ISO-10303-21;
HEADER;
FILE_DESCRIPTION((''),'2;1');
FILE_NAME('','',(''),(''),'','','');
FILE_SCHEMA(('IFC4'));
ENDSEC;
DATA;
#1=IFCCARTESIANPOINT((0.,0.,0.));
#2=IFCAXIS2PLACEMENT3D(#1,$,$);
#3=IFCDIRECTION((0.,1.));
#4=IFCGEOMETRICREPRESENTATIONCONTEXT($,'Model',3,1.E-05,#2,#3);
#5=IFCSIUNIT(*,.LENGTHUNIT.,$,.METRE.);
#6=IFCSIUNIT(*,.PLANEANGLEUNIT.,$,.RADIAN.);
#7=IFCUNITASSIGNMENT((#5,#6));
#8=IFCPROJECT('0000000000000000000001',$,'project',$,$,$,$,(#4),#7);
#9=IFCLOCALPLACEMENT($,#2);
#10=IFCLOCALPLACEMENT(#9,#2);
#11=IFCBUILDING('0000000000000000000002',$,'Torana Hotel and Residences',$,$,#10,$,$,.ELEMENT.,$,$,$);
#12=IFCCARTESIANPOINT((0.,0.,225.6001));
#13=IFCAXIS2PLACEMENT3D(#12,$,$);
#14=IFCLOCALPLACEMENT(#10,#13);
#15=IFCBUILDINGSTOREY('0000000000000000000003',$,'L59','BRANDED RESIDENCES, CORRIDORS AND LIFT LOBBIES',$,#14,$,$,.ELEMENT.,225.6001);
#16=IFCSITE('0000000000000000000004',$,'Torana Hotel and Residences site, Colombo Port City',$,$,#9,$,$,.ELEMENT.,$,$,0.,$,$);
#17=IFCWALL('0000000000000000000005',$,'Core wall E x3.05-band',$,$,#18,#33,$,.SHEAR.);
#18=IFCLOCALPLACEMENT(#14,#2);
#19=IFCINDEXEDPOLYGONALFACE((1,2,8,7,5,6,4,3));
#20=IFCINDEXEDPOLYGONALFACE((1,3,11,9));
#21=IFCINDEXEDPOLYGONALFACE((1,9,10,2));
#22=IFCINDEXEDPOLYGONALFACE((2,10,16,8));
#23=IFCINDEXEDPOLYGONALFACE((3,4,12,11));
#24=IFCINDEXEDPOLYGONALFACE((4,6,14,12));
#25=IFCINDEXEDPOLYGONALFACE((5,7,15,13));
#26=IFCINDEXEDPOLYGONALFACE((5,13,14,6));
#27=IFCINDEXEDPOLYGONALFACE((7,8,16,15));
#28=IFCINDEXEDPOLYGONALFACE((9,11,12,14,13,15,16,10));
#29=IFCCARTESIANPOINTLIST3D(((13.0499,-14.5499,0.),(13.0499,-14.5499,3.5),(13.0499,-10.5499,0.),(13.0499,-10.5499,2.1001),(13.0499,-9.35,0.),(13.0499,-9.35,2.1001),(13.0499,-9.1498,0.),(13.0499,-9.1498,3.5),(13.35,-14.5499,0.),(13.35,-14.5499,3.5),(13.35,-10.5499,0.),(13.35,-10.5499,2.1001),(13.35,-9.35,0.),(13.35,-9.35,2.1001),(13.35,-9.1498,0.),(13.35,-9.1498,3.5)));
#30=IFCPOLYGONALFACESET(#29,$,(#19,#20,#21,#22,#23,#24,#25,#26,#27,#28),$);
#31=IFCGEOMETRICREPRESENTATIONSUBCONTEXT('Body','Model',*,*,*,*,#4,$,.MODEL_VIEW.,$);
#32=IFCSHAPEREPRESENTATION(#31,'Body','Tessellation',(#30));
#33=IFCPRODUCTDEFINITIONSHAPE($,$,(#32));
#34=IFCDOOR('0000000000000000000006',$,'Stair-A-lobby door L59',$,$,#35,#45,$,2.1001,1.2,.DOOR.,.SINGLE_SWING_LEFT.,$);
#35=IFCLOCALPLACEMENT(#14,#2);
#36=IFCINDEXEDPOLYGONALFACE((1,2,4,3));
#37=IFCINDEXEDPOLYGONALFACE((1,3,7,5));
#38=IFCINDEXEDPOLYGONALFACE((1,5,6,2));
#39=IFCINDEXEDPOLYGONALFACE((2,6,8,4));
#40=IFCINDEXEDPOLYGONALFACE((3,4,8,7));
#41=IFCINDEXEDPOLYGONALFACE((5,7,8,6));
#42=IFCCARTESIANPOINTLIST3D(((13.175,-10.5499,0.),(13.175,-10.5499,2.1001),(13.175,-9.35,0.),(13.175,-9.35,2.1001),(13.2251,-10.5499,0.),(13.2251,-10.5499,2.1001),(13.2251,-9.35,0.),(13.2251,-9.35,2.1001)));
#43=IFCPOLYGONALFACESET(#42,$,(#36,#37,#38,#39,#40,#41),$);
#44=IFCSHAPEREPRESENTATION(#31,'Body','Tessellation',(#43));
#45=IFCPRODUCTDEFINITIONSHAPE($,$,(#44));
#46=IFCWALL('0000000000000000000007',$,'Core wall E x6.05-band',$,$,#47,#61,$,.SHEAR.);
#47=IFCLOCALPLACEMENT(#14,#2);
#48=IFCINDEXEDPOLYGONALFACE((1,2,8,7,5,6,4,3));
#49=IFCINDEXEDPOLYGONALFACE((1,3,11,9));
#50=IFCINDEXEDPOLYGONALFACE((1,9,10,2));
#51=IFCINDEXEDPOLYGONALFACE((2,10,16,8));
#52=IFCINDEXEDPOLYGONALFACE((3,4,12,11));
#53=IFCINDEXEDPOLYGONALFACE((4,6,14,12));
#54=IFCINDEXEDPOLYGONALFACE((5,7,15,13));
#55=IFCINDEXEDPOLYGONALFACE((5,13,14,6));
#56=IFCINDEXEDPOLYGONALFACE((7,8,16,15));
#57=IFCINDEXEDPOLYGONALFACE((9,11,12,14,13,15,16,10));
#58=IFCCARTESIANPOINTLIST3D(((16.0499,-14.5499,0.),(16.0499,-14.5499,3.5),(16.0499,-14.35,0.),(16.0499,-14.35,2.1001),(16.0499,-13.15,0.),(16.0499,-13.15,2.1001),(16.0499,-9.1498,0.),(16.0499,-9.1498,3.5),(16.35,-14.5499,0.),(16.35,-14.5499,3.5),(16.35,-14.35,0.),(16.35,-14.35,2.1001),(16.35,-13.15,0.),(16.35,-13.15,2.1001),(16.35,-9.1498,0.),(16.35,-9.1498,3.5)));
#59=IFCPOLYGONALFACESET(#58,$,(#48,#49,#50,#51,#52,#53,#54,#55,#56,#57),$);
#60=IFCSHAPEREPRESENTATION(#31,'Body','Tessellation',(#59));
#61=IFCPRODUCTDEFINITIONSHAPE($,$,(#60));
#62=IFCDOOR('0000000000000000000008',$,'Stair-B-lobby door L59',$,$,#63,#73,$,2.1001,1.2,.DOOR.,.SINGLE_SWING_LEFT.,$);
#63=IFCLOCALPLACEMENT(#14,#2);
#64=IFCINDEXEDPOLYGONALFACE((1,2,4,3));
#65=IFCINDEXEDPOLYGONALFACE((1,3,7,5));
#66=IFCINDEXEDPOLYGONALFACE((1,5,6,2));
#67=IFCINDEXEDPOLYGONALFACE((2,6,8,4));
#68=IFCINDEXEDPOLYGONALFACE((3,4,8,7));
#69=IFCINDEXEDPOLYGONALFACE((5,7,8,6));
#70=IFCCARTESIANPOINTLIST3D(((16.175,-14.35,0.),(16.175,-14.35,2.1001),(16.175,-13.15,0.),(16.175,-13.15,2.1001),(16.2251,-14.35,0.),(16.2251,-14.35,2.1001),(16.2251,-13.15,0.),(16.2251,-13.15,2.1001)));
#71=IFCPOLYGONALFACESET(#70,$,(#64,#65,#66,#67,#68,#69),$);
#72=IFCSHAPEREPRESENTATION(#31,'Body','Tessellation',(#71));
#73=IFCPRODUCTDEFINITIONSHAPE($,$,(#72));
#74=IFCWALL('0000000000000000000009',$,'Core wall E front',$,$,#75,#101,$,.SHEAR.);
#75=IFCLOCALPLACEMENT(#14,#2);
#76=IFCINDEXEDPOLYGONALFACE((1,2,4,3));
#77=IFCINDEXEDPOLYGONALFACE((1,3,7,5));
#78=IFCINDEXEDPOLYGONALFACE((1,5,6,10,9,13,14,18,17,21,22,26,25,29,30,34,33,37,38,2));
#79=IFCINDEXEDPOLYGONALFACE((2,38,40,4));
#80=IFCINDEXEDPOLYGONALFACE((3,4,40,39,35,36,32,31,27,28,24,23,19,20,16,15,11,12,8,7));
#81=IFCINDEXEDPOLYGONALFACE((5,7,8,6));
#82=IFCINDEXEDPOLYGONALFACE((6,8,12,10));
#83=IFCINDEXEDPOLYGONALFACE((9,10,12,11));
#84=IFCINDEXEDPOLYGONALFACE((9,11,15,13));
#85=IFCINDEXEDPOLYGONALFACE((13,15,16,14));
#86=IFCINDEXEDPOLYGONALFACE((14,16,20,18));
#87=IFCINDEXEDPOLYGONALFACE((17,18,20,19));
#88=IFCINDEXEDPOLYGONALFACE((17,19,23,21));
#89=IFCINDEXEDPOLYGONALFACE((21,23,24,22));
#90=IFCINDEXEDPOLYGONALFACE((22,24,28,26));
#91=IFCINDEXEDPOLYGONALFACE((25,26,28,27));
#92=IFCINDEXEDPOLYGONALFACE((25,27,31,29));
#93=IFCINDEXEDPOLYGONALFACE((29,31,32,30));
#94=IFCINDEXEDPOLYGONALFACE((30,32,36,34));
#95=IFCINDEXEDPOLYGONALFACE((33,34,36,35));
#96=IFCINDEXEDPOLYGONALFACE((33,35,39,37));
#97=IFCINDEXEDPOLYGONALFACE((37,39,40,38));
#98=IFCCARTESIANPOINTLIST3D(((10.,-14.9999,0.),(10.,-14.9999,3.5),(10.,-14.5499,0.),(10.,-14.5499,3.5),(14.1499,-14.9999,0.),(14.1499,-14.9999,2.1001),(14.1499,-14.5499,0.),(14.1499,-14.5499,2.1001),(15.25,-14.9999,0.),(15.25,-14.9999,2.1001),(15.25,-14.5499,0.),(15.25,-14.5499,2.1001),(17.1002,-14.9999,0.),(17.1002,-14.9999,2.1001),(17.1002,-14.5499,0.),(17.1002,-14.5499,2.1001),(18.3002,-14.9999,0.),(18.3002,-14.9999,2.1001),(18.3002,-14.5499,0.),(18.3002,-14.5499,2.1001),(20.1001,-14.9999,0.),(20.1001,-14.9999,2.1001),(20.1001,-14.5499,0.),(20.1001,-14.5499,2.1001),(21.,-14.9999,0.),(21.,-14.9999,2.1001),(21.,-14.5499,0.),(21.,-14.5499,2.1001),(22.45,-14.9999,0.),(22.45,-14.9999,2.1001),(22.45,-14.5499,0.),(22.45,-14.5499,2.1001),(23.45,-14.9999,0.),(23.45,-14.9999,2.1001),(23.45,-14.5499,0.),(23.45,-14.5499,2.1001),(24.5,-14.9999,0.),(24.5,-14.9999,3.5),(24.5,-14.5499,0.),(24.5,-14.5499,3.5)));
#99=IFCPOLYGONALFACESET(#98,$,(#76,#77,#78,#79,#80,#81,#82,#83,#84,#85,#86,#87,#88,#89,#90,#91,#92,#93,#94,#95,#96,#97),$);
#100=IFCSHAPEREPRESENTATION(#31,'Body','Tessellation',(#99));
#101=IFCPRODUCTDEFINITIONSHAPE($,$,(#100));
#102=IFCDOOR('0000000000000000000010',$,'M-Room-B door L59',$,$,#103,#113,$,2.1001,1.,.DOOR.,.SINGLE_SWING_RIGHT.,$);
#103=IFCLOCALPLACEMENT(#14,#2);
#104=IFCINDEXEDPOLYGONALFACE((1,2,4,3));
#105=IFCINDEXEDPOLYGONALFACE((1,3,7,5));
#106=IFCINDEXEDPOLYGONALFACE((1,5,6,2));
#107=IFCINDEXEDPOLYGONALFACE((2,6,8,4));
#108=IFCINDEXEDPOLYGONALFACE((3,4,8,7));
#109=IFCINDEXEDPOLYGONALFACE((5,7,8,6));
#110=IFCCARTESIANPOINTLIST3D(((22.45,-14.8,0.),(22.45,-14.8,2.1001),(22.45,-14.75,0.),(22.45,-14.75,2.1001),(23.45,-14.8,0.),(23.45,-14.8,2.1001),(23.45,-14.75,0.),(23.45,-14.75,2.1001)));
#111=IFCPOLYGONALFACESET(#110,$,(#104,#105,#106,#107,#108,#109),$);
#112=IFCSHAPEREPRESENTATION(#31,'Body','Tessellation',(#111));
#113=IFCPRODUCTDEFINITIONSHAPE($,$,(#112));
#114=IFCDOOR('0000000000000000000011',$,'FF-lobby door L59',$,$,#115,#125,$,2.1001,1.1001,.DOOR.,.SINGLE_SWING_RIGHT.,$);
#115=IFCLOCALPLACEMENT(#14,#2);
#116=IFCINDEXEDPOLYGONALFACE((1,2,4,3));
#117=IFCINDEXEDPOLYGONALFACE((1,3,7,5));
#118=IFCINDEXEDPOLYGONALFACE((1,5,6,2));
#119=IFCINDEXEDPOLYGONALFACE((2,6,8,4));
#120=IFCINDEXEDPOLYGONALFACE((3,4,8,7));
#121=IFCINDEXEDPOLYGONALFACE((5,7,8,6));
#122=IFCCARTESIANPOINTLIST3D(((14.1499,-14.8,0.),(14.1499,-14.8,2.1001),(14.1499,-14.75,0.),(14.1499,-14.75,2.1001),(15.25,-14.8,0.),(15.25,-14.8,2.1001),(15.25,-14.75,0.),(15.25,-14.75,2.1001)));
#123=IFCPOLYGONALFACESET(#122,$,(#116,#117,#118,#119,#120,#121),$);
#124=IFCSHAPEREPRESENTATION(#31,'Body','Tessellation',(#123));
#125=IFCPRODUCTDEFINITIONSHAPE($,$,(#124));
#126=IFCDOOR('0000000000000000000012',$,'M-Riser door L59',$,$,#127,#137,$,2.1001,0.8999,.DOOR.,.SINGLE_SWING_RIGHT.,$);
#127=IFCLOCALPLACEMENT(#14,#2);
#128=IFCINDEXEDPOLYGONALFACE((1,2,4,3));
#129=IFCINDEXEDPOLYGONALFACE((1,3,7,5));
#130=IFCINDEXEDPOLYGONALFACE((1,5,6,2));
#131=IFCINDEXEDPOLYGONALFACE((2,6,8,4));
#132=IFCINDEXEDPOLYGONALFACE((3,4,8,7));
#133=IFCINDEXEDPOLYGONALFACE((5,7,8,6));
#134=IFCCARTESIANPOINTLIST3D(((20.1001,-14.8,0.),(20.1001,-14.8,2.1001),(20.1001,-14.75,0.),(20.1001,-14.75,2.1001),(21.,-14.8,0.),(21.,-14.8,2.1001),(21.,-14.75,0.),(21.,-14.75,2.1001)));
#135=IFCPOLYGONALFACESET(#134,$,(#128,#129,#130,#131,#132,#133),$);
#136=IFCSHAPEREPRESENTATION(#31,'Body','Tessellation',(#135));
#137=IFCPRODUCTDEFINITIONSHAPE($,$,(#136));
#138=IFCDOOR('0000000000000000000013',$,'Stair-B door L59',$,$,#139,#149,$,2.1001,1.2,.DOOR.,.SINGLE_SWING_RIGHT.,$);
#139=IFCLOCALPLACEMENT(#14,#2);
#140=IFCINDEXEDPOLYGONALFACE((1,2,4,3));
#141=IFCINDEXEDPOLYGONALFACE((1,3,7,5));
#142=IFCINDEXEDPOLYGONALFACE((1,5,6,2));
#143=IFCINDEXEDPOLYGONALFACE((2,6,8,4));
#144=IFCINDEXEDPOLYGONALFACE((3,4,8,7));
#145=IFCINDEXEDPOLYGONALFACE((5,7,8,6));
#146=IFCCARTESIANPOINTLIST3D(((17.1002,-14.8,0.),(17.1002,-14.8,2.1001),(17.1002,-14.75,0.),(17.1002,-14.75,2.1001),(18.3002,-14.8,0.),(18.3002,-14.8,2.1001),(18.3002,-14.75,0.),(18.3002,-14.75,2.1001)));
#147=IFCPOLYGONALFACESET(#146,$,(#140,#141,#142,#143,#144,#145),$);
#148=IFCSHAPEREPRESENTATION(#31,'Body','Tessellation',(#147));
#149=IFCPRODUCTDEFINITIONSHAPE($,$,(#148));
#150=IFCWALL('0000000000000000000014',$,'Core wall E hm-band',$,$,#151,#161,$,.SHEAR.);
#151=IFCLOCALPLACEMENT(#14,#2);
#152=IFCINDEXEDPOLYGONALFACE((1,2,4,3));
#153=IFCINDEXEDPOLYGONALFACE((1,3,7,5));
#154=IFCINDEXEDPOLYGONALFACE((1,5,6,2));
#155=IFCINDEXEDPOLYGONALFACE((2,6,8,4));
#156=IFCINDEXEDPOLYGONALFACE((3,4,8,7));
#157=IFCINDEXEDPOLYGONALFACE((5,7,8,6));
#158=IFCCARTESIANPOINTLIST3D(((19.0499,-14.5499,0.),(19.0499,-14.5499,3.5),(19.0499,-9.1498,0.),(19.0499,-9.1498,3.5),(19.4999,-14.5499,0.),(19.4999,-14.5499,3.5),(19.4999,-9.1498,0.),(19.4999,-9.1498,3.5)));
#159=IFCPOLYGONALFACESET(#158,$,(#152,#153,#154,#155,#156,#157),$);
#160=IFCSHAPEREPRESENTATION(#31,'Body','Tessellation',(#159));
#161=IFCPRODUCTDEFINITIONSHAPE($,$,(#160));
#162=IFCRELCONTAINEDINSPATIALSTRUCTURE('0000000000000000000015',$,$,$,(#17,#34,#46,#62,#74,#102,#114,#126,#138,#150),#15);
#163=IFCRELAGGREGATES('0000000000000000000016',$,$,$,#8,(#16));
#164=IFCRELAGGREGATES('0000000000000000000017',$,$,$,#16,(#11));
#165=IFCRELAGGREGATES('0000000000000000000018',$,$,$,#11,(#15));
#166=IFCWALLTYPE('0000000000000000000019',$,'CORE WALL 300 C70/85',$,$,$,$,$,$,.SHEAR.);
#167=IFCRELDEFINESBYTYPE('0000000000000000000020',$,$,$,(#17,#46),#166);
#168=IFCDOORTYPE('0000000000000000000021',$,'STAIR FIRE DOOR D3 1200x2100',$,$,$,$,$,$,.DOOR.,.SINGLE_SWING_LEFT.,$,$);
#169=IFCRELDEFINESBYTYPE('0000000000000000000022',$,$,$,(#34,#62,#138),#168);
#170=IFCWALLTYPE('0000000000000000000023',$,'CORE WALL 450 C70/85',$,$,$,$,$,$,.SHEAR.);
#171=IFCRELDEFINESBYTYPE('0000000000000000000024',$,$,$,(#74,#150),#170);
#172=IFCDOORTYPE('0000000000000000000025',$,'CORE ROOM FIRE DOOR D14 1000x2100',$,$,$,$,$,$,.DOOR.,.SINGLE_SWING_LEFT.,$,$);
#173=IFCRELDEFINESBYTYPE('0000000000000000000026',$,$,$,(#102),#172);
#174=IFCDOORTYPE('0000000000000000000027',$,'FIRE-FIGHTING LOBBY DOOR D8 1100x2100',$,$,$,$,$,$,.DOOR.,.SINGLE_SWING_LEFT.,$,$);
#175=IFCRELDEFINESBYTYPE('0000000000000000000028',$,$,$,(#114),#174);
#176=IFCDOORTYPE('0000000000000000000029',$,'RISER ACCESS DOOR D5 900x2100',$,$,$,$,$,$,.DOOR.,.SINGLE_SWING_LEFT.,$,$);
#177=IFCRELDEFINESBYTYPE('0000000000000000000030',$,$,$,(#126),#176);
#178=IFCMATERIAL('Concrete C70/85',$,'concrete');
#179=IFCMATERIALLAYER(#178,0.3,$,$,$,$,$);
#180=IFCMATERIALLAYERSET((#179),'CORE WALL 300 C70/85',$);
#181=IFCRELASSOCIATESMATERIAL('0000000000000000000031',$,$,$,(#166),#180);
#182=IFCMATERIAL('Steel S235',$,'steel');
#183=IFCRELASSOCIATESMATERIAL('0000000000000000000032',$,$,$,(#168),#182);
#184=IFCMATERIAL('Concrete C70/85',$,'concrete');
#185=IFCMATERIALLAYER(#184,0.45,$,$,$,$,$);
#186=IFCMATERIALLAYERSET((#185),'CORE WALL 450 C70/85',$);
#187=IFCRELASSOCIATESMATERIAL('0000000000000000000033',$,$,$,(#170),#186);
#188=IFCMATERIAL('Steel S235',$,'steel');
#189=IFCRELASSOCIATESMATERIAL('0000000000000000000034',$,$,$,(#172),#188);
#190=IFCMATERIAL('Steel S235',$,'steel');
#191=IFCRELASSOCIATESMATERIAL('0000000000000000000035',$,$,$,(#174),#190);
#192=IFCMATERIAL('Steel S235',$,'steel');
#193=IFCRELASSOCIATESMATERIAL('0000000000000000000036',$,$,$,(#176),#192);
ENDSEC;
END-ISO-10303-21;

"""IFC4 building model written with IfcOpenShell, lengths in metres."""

from ifc_helpers import new_model, si_unit, direction, frame, frame_2d, origin, place, context, subcontext, project, spatial, rectangle, extrude, material, layer, layer_set, type_object, element, fill, save


model = new_model("IFC4")

# Units and contexts
model_context = context("Model", 3, precision=1e-05, world=origin(), true_north=direction((0.0, 1.0)))
body_context = subcontext(model_context, "Body", "Model", "MODEL_VIEW")
ifc_project = project(units=[si_unit("LENGTHUNIT", "METRE"), si_unit("PLANEANGLEUNIT", "RADIAN")], contexts=[model_context])

# Site, building, storey
site_placement = place(None, origin())
site = spatial("IfcSite", under=ifc_project, at=site_placement, Name="Torana Hotel and Residences site, Colombo Port City", CompositionType="ELEMENT", RefElevation=0.0)
building_placement = place(site_placement, origin())
building = spatial("IfcBuilding", under=site, at=building_placement, Name="Torana Hotel and Residences", CompositionType="ELEMENT")
storey_placement = place(building_placement, frame((0.0, 0.0, 225.6001)))
storey = spatial("IfcBuildingStorey", under=building, at=storey_placement, Name="L59", Description="BRANDED RESIDENCES, CORRIDORS AND LIFT LOBBIES", CompositionType="ELEMENT", Elevation=225.6001)

# Walls, openings, doors
ifc_material_1 = material(Name="Concrete C70/85", Category="concrete")
ifc_layer_1 = layer(ifc_material_1, 0.3)
ifc_layer_set_1 = layer_set([ifc_layer_1], Name="CORE WALL 300 C70/85")
wall_type_1 = type_object("IfcWallType", Name="CORE WALL 300 C70/85", PredefinedType="SHEAR", material=ifc_layer_set_1)
wall_1_placement = place(storey_placement, frame((13.2, -14.55, 0.0), z_axis=(0.0, 0.0, 1.0), x_axis=(0.0, 1.0, 0.0)))
wall_1 = element("IfcWall", 1, at=wall_1_placement, inside=storey, type_object=wall_type_1, Name="Core wall E x3.05-band", PredefinedType="SHEAR", context=body_context, shape_type="SweptSolid", body=[
    extrude(rectangle(XDim=5.4001, YDim=0.3, at=frame_2d((2.7002, 0.0))), origin(), (0.0, 0.0, 1.0), 3.5),
])
opening_1_placement = place(wall_1_placement, frame((4.0, 0.0, 0.0)))
opening_1 = element("IfcOpeningElement", 2, at=opening_1_placement, cuts=wall_1, PredefinedType="OPENING", context=body_context, shape_type="SweptSolid", body=[
    extrude(rectangle(XDim=1.2, YDim=2.1001, at=frame_2d((0.6001, 1.05))), frame((0.0, 0.1599, 0.0), z_axis=(0.0, -1.0, 0.0), x_axis=(1.0, 0.0, 0.0)), (0.0, 0.0, 1.0), 0.3201),
])
ifc_material_2 = material(Name="Steel S235", Category="steel")
door_type_1 = type_object("IfcDoorType", Name="STAIR FIRE DOOR D3 1200x2100", OperationType="SINGLE_SWING_LEFT", PredefinedType="DOOR", material=ifc_material_2)
door_1_placement = place(opening_1_placement, origin())
door_1 = element("IfcDoor", 3, at=door_1_placement, inside=storey, type_object=door_type_1, Name="Stair-A-lobby door L59", OperationType="SINGLE_SWING_LEFT", OverallHeight=2.1001, OverallWidth=1.2, PredefinedType="DOOR", context=body_context, shape_type="SweptSolid", body=[
    extrude(rectangle(XDim=1.2, YDim=2.1001, at=frame_2d((0.6001, 1.05))), frame((0.0, 0.0249, 0.0), z_axis=(0.0, -1.0, 0.0), x_axis=(1.0, 0.0, 0.0)), (0.0, 0.0, 1.0), 0.05),
])
fill(opening_1, door_1)
wall_2_placement = place(storey_placement, frame((16.2, -14.55, 0.0), z_axis=(0.0, 0.0, 1.0), x_axis=(0.0, 1.0, 0.0)))
wall_2 = element("IfcWall", 4, at=wall_2_placement, inside=storey, type_object=wall_type_1, Name="Core wall E x6.05-band", PredefinedType="SHEAR", context=body_context, shape_type="SweptSolid", body=[
    extrude(rectangle(XDim=5.4001, YDim=0.3, at=frame_2d((2.7002, 0.0))), origin(), (0.0, 0.0, 1.0), 3.5),
])
opening_2_placement = place(wall_2_placement, frame((0.2, 0.0, 0.0)))
opening_2 = element("IfcOpeningElement", 5, at=opening_2_placement, cuts=wall_2, PredefinedType="OPENING", context=body_context, shape_type="SweptSolid", body=[
    extrude(rectangle(XDim=1.2, YDim=2.1001, at=frame_2d((0.6001, 1.05))), frame((0.0, 0.1599, 0.0), z_axis=(0.0, -1.0, 0.0), x_axis=(1.0, 0.0, 0.0)), (0.0, 0.0, 1.0), 0.3201),
])
door_2_placement = place(opening_2_placement, frame((0.6001, 0.0, 0.0), z_axis=(0.0, 0.0, 1.0), x_axis=(-1.0, 0.0, 0.0)))
door_2 = element("IfcDoor", 6, at=door_2_placement, inside=storey, type_object=door_type_1, Name="Stair-B-lobby door L59", OperationType="SINGLE_SWING_LEFT", OverallHeight=2.1001, OverallWidth=1.2, PredefinedType="DOOR", context=body_context, shape_type="SweptSolid", body=[
    extrude(rectangle(XDim=1.2, YDim=2.1001, at=frame_2d((0.0, 1.05))), frame((0.0, -0.0249, 0.0), z_axis=(0.0, 1.0, 0.0), x_axis=(-1.0, 0.0, 0.0)), (0.0, 0.0, 1.0), 0.05),
])
fill(opening_2, door_2)

# Wall, openings, doors
ifc_material_3 = material(Name="Concrete C70/85", Category="concrete")
ifc_layer_2 = layer(ifc_material_3, 0.45)
ifc_layer_set_2 = layer_set([ifc_layer_2], Name="CORE WALL 450 C70/85")
wall_type_2 = type_object("IfcWallType", Name="CORE WALL 450 C70/85", PredefinedType="SHEAR", material=ifc_layer_set_2)
wall_3_placement = place(storey_placement, frame((10.0, -14.7749, 0.0), z_axis=(0.0, 0.0, 1.0), x_axis=(1.0, 0.0, 0.0)))
wall_3 = element("IfcWall", 7, at=wall_3_placement, inside=storey, type_object=wall_type_2, Name="Core wall E front", PredefinedType="SHEAR", context=body_context, shape_type="SweptSolid", body=[
    extrude(rectangle(XDim=14.5, YDim=0.45, at=frame_2d((7.25, 0.0))), origin(), (0.0, 0.0, 1.0), 3.5),
])
opening_3_placement = place(wall_3_placement, frame((7.1001, 0.0, 0.0)))
opening_3 = element("IfcOpeningElement", 8, at=opening_3_placement, cuts=wall_3, PredefinedType="OPENING", context=body_context, shape_type="SweptSolid", body=[
    extrude(rectangle(XDim=1.2, YDim=2.1001, at=frame_2d((0.6001, 1.05))), frame((0.0, 0.2349, 0.0), z_axis=(0.0, -1.0, 0.0), x_axis=(1.0, 0.0, 0.0)), (0.0, 0.0, 1.0), 0.47),
])
opening_4_placement = place(wall_3_placement, frame((4.1499, 0.0, 0.0)))
opening_4 = element("IfcOpeningElement", 9, at=opening_4_placement, cuts=wall_3, PredefinedType="OPENING", context=body_context, shape_type="SweptSolid", body=[
    extrude(rectangle(XDim=1.1001, YDim=2.1001, at=frame_2d((0.55, 1.05))), frame((0.0, 0.2349, 0.0), z_axis=(0.0, -1.0, 0.0), x_axis=(1.0, 0.0, 0.0)), (0.0, 0.0, 1.0), 0.47),
])
opening_5_placement = place(wall_3_placement, frame((10.1001, 0.0, 0.0)))
opening_5 = element("IfcOpeningElement", 10, at=opening_5_placement, cuts=wall_3, PredefinedType="OPENING", context=body_context, shape_type="SweptSolid", body=[
    extrude(rectangle(XDim=0.8999, YDim=2.1001, at=frame_2d((0.45, 1.05))), frame((0.0, 0.2349, 0.0), z_axis=(0.0, -1.0, 0.0), x_axis=(1.0, 0.0, 0.0)), (0.0, 0.0, 1.0), 0.47),
])
opening_6_placement = place(wall_3_placement, frame((12.45, 0.0, 0.0)))
opening_6 = element("IfcOpeningElement", 11, at=opening_6_placement, cuts=wall_3, PredefinedType="OPENING", context=body_context, shape_type="SweptSolid", body=[
    extrude(rectangle(XDim=1.0, YDim=2.1001, at=frame_2d((0.5, 1.05))), frame((0.0, 0.2349, 0.0), z_axis=(0.0, -1.0, 0.0), x_axis=(1.0, 0.0, 0.0)), (0.0, 0.0, 1.0), 0.47),
])
ifc_material_4 = material(Name="Steel S235", Category="steel")
door_type_2 = type_object("IfcDoorType", Name="CORE ROOM FIRE DOOR D14 1000x2100", OperationType="SINGLE_SWING_LEFT", PredefinedType="DOOR", material=ifc_material_4)
door_3_placement = place(opening_6_placement, origin())
door_3 = element("IfcDoor", 12, at=door_3_placement, inside=storey, type_object=door_type_2, Name="M-Room-B door L59", OperationType="SINGLE_SWING_RIGHT", OverallHeight=2.1001, OverallWidth=1.0, PredefinedType="DOOR", context=body_context, shape_type="SweptSolid", body=[
    extrude(rectangle(XDim=1.0, YDim=2.1001, at=frame_2d((0.5, 1.05))), frame((0.0, 0.0249, 0.0), z_axis=(0.0, -1.0, 0.0), x_axis=(1.0, 0.0, 0.0)), (0.0, 0.0, 1.0), 0.05),
])
fill(opening_6, door_3)
ifc_material_5 = material(Name="Steel S235", Category="steel")
door_type_3 = type_object("IfcDoorType", Name="FIRE-FIGHTING LOBBY DOOR D8 1100x2100", OperationType="SINGLE_SWING_LEFT", PredefinedType="DOOR", material=ifc_material_5)
door_4_placement = place(opening_4_placement, origin())
door_4 = element("IfcDoor", 13, at=door_4_placement, inside=storey, type_object=door_type_3, Name="FF-lobby door L59", OperationType="SINGLE_SWING_RIGHT", OverallHeight=2.1001, OverallWidth=1.1001, PredefinedType="DOOR", context=body_context, shape_type="SweptSolid", body=[
    extrude(rectangle(XDim=1.1001, YDim=2.1001, at=frame_2d((0.55, 1.05))), frame((0.0, 0.0249, 0.0), z_axis=(0.0, -1.0, 0.0), x_axis=(1.0, 0.0, 0.0)), (0.0, 0.0, 1.0), 0.05),
])
fill(opening_4, door_4)
ifc_material_6 = material(Name="Steel S235", Category="steel")
door_type_4 = type_object("IfcDoorType", Name="RISER ACCESS DOOR D5 900x2100", OperationType="SINGLE_SWING_LEFT", PredefinedType="DOOR", material=ifc_material_6)
door_5_placement = place(opening_5_placement, origin())
door_5 = element("IfcDoor", 14, at=door_5_placement, inside=storey, type_object=door_type_4, Name="M-Riser door L59", OperationType="SINGLE_SWING_RIGHT", OverallHeight=2.1001, OverallWidth=0.8999, PredefinedType="DOOR", context=body_context, shape_type="SweptSolid", body=[
    extrude(rectangle(XDim=0.8999, YDim=2.1001, at=frame_2d((0.45, 1.05))), frame((0.0, 0.0249, 0.0), z_axis=(0.0, -1.0, 0.0), x_axis=(1.0, 0.0, 0.0)), (0.0, 0.0, 1.0), 0.05),
])
fill(opening_5, door_5)
door_6_placement = place(opening_3_placement, origin())
door_6 = element("IfcDoor", 15, at=door_6_placement, inside=storey, type_object=door_type_1, Name="Stair-B door L59", OperationType="SINGLE_SWING_RIGHT", OverallHeight=2.1001, OverallWidth=1.2, PredefinedType="DOOR", context=body_context, shape_type="SweptSolid", body=[
    extrude(rectangle(XDim=1.2, YDim=2.1001, at=frame_2d((0.6001, 1.05))), frame((0.0, 0.0249, 0.0), z_axis=(0.0, -1.0, 0.0), x_axis=(1.0, 0.0, 0.0)), (0.0, 0.0, 1.0), 0.05),
])
fill(opening_3, door_6)

# Wall
wall_4_placement = place(storey_placement, frame((19.2749, -14.55, 0.0), z_axis=(0.0, 0.0, 1.0), x_axis=(0.0, 1.0, 0.0)))
element("IfcWall", 16, at=wall_4_placement, inside=storey, type_object=wall_type_2, Name="Core wall E hm-band", PredefinedType="SHEAR", context=body_context, shape_type="SweptSolid", body=[
    extrude(rectangle(XDim=5.4001, YDim=0.45, at=frame_2d((2.7002, 0.0))), origin(), (0.0, 0.0, 1.0), 3.5),
])

save(model, "model.ifc")
